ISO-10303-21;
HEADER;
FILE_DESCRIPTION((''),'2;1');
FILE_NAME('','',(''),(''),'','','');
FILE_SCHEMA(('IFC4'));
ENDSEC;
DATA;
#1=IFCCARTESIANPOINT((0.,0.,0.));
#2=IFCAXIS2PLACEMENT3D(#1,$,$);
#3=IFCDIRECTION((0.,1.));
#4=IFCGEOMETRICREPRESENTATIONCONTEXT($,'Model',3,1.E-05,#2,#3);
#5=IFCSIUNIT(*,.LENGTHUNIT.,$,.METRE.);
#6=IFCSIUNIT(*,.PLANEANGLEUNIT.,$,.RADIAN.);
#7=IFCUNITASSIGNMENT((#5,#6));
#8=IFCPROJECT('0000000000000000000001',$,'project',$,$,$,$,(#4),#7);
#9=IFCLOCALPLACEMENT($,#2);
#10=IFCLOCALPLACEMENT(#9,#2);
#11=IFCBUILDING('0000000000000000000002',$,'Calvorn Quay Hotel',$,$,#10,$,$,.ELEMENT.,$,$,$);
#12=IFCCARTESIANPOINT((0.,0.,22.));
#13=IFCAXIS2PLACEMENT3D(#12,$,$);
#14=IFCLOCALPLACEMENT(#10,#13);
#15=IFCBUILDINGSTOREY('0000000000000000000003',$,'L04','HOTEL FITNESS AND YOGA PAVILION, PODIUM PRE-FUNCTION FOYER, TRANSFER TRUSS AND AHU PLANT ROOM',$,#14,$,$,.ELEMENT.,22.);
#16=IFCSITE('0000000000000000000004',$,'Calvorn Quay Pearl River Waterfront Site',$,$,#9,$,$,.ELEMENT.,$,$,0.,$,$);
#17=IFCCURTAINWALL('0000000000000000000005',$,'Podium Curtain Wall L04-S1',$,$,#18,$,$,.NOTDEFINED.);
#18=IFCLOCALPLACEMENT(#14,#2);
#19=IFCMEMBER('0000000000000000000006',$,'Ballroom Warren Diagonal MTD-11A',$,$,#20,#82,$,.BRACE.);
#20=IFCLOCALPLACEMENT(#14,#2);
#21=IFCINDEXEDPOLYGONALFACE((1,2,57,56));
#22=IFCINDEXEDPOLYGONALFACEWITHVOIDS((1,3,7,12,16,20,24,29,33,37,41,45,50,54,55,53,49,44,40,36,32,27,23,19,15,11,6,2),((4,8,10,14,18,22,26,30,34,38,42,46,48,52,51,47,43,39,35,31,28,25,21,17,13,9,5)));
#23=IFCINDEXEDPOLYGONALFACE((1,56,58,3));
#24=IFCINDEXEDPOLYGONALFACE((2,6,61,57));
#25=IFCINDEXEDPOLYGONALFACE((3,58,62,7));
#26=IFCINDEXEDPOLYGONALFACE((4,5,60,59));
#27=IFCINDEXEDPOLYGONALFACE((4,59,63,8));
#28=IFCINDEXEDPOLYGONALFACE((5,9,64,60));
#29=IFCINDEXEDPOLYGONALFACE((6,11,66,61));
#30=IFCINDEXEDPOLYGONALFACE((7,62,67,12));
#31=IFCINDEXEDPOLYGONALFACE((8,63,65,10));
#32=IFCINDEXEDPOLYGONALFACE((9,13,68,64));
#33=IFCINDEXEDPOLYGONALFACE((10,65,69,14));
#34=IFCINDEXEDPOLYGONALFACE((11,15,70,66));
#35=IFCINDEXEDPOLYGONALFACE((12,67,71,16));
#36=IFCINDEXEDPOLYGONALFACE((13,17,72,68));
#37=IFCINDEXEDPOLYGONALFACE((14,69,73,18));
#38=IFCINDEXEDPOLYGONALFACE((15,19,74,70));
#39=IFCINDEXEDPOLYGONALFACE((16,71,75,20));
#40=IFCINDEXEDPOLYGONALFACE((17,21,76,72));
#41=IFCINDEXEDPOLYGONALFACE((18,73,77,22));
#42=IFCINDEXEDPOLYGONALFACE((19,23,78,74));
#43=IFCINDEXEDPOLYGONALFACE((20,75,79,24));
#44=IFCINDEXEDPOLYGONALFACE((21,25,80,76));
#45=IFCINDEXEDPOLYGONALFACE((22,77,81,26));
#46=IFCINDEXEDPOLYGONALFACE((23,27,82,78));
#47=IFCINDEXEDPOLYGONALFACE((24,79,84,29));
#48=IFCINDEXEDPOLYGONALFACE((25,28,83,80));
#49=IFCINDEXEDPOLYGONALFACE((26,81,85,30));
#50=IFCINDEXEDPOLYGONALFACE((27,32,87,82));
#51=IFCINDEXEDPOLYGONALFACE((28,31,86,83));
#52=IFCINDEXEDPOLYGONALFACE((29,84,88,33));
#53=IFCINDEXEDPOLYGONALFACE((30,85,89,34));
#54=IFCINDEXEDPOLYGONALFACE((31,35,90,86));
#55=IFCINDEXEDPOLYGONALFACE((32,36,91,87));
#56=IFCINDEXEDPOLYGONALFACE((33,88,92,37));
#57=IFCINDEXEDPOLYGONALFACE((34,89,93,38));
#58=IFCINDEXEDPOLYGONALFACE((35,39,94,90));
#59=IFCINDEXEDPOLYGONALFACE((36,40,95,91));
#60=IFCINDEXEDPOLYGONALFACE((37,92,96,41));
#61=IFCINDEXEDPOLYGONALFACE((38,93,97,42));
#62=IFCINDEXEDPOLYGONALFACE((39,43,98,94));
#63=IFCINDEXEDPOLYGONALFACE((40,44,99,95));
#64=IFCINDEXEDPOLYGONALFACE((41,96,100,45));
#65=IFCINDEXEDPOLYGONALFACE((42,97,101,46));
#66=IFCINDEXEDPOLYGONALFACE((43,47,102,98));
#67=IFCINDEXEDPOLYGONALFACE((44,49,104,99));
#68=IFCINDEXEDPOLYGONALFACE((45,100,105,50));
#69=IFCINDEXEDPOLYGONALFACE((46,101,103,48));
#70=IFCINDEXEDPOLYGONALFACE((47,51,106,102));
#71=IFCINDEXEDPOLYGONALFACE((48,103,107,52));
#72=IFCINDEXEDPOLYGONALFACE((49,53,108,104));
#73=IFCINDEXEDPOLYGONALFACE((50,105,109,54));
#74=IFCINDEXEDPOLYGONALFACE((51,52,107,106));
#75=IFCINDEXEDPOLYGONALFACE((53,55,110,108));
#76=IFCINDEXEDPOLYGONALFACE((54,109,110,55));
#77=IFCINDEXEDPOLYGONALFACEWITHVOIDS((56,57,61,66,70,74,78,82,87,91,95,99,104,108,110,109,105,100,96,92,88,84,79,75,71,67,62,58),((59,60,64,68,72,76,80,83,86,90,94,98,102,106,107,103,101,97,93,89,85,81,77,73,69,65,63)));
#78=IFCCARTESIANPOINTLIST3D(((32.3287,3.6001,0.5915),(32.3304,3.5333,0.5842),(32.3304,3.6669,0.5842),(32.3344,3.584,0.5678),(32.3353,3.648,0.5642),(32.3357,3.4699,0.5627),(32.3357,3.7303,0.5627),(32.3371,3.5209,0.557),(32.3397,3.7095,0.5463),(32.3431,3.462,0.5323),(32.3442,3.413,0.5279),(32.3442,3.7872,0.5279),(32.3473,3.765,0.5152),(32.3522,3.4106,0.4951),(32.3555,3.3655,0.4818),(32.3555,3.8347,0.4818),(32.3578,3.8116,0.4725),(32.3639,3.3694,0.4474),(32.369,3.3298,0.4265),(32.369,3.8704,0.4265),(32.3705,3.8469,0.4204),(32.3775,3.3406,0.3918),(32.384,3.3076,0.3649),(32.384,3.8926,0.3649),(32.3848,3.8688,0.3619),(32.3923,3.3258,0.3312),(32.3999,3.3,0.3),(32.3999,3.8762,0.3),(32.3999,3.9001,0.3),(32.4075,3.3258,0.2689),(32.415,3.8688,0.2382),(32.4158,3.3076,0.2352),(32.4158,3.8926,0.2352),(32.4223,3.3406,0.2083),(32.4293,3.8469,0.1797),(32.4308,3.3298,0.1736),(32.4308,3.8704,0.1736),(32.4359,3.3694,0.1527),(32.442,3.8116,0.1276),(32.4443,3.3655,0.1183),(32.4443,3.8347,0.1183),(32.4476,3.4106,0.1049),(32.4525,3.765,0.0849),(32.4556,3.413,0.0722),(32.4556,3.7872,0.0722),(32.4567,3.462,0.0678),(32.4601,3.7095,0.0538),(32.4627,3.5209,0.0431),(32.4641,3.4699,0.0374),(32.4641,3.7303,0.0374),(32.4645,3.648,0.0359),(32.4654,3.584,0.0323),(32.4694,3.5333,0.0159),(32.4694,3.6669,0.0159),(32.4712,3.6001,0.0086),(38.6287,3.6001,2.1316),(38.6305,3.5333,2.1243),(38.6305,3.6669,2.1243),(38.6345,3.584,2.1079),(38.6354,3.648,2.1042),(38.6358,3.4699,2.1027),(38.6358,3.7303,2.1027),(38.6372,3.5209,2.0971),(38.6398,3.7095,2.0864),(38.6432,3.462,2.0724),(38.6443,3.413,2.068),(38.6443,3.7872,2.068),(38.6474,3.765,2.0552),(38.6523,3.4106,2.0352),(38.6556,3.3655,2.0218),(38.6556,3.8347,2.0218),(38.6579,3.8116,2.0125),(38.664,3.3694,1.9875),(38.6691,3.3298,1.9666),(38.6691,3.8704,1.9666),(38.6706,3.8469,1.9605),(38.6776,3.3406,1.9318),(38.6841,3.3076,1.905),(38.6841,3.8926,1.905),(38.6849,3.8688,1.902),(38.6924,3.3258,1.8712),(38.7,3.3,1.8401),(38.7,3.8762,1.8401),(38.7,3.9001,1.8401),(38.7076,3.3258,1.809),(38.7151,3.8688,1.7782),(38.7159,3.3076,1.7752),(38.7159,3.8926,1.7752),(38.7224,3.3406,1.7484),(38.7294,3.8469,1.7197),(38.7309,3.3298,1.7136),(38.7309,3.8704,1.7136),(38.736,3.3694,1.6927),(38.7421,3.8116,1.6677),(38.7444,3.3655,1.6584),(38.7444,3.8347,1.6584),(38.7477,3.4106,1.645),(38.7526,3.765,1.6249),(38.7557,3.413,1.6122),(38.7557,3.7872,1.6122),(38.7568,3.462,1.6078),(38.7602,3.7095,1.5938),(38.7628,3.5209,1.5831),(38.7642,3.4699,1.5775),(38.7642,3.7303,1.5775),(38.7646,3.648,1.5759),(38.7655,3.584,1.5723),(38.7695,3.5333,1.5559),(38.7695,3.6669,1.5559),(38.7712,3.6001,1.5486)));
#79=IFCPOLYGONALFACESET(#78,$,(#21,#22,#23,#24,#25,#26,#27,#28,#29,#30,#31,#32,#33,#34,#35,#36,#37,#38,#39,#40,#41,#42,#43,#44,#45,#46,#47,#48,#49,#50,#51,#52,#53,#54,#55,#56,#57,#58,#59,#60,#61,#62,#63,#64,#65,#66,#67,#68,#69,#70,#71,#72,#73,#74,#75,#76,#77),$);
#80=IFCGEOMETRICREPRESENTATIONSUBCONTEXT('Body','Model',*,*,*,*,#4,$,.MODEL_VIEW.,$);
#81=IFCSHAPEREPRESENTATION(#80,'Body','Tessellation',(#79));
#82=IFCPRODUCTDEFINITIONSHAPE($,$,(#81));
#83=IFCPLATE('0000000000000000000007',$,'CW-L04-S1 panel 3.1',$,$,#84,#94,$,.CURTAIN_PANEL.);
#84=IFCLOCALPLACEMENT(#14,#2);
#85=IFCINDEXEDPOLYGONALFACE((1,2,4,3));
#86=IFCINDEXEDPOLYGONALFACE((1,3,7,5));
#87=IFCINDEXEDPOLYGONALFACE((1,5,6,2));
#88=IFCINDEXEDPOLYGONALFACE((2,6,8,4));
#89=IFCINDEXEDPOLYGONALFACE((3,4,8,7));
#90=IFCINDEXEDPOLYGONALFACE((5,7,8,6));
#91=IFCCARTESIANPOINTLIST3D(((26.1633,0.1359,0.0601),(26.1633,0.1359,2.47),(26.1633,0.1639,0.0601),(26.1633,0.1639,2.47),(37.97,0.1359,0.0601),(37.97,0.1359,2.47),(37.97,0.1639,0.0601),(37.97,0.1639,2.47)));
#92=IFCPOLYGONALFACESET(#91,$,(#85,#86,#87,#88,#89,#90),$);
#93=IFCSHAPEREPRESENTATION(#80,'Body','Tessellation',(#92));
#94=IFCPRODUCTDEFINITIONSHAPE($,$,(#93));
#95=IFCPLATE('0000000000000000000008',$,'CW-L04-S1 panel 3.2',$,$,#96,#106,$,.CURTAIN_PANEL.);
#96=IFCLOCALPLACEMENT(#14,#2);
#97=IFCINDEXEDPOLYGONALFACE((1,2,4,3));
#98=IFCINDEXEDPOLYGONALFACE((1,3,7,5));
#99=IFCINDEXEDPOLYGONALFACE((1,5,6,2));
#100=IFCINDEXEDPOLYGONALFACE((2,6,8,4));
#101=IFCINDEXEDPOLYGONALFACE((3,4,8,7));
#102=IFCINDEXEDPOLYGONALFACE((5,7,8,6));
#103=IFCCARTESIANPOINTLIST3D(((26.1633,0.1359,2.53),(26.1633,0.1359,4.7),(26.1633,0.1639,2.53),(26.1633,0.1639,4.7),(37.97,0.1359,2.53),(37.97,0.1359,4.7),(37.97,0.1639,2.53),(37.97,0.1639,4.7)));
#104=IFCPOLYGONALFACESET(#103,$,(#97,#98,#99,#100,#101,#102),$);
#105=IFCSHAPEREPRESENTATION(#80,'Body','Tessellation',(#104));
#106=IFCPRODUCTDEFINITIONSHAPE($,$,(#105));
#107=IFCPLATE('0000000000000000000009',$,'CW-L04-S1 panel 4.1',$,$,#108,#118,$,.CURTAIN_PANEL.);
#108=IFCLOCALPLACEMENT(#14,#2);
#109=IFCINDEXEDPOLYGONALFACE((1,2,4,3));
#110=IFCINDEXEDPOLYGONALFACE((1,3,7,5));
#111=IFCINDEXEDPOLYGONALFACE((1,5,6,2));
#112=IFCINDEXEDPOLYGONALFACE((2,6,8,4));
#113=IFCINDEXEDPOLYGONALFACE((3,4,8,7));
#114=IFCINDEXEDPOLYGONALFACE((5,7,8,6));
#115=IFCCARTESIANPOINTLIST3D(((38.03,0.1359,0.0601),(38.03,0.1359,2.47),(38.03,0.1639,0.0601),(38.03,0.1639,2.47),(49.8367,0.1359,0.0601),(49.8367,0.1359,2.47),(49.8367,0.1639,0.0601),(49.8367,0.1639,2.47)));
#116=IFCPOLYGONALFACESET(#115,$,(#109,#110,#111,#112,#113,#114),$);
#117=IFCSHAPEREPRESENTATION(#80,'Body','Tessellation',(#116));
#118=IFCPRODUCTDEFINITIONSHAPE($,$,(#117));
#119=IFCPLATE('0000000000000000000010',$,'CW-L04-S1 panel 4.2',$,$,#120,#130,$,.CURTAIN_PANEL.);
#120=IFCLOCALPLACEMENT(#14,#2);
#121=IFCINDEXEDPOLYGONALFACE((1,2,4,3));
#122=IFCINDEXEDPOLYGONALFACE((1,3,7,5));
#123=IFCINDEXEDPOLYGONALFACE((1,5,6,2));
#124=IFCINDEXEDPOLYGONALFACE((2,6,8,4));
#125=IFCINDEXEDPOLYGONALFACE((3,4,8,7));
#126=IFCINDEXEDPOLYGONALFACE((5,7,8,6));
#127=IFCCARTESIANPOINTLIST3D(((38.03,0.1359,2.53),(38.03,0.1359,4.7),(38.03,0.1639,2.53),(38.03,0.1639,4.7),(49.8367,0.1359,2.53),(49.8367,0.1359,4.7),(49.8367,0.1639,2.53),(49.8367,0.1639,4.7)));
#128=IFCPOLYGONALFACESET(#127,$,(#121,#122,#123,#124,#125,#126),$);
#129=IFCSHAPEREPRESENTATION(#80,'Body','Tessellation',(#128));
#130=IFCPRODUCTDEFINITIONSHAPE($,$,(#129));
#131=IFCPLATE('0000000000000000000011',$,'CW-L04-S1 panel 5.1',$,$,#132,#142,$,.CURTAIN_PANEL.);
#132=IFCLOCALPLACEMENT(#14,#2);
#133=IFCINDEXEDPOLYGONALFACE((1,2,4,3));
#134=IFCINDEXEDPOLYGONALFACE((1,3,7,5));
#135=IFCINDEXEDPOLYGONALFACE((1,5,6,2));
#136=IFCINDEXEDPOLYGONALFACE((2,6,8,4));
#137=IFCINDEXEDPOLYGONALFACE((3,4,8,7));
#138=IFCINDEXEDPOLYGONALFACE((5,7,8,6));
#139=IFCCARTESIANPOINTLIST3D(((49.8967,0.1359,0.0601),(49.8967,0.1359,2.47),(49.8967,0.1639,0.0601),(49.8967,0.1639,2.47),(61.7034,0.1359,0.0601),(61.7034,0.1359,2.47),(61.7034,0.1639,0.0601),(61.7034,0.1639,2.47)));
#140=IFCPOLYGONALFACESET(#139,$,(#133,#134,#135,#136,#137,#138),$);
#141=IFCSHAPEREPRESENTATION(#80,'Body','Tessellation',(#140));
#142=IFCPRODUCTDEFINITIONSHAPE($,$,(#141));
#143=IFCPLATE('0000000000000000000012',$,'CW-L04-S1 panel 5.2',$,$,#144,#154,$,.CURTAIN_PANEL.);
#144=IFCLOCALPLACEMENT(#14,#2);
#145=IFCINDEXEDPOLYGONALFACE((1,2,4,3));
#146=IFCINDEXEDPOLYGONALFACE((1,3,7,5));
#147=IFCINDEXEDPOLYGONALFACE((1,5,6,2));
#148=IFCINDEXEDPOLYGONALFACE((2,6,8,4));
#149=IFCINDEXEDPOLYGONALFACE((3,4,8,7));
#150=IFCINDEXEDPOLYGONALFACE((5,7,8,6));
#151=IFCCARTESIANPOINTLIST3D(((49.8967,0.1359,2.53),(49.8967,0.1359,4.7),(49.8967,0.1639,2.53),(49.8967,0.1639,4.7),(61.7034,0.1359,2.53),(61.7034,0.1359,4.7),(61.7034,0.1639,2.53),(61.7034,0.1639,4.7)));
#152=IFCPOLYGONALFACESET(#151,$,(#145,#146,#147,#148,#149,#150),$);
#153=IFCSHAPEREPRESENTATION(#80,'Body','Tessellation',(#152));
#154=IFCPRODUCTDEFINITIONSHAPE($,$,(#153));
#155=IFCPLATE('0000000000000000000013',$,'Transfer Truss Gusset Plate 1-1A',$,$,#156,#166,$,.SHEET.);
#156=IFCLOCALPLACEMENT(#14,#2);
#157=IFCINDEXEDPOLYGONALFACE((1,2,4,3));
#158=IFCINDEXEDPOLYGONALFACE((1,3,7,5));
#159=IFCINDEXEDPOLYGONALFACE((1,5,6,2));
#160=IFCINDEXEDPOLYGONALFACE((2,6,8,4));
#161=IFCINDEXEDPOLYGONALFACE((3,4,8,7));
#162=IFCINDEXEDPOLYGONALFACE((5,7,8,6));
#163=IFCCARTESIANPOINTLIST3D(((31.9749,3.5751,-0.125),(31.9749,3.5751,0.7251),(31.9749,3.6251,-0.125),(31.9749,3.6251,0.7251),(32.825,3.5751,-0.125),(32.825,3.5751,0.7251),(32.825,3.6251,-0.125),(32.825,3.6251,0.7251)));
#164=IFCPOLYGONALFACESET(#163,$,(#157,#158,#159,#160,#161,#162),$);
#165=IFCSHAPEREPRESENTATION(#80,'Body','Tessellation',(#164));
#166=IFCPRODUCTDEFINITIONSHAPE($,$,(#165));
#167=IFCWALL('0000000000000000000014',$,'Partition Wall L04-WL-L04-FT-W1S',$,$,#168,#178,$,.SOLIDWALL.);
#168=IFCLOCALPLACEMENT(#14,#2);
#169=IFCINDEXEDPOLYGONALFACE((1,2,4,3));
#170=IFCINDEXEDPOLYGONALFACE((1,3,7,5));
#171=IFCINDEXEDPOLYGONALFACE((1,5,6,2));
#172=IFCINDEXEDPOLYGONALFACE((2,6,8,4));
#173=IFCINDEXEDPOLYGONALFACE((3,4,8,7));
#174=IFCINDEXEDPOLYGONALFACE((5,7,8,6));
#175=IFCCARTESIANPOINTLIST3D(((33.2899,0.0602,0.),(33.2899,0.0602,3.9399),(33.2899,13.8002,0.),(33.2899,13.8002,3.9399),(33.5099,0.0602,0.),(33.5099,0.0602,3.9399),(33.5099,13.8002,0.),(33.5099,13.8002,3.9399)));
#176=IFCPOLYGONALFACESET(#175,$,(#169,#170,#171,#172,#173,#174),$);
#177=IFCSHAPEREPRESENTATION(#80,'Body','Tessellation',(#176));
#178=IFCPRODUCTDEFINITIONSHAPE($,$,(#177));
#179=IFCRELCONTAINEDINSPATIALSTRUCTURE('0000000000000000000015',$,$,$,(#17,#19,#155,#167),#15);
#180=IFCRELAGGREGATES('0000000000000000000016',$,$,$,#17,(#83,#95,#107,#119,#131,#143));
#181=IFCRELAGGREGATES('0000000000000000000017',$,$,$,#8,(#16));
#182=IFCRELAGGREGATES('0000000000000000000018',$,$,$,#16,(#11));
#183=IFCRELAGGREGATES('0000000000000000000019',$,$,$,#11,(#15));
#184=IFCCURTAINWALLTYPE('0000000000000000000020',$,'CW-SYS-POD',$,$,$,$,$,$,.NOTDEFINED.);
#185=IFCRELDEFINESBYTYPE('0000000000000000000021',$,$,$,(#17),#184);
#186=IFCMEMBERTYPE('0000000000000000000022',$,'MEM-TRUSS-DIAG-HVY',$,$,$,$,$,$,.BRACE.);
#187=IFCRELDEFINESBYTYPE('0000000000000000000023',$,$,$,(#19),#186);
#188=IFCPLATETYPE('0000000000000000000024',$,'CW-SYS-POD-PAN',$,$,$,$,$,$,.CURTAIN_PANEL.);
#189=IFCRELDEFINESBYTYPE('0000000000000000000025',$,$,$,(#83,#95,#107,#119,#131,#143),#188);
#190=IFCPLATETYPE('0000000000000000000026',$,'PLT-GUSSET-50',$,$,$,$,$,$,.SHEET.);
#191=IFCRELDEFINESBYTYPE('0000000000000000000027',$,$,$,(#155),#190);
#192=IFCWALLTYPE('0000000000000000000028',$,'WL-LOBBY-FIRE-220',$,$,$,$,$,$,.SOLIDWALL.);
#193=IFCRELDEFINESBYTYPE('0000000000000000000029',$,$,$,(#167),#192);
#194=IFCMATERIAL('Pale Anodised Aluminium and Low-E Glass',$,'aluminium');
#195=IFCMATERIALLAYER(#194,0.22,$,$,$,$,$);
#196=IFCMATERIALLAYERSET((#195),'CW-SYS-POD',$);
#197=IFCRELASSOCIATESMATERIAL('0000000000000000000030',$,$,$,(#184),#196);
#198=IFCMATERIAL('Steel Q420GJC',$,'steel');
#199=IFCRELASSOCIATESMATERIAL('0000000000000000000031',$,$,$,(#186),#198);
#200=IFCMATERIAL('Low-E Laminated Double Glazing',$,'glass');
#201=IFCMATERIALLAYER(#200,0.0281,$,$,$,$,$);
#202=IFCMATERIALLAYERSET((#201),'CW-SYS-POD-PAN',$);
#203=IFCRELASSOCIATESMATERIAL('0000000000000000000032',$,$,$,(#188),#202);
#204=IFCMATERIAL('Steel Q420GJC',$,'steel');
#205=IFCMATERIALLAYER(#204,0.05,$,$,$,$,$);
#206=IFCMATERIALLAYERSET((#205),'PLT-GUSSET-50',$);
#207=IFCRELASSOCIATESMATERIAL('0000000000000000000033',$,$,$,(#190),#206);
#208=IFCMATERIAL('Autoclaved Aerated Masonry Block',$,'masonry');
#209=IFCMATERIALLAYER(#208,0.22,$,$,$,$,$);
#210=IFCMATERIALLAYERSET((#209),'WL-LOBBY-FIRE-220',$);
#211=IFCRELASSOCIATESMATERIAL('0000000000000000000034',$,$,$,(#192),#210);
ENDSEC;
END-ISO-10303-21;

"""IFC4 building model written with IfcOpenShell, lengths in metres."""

from ifc_helpers import new_model, si_unit, direction, frame, frame_2d, origin, origin_2d, place, context, subcontext, project, spatial, rectangle, hollow_circle, extrude, material, layer, layer_set, material_profile, profile_set, type_object, element, aggregate, save


model = new_model("IFC4")

# Units and contexts
model_context = context("Model", 3, precision=1e-05, world=origin(), true_north=direction((0.0, 1.0)))
body_context = subcontext(model_context, "Body", "Model", "MODEL_VIEW")
ifc_project = project(units=[si_unit("LENGTHUNIT", "METRE"), si_unit("PLANEANGLEUNIT", "RADIAN")], contexts=[model_context])

# Site, building, storey
site_placement = place(None, origin())
site = spatial("IfcSite", under=ifc_project, at=site_placement, Name="Calvorn Quay Pearl River Waterfront Site", CompositionType="ELEMENT", RefElevation=0.0)
building_placement = place(site_placement, origin())
building = spatial("IfcBuilding", under=site, at=building_placement, Name="Calvorn Quay Hotel", CompositionType="ELEMENT")
storey_placement = place(building_placement, frame((0.0, 0.0, 22.0)))
storey = spatial("IfcBuildingStorey", under=building, at=storey_placement, Name="L04", Description="HOTEL FITNESS AND YOGA PAVILION, PODIUM PRE-FUNCTION FOYER, TRANSFER TRUSS AND AHU PLANT ROOM", CompositionType="ELEMENT", Elevation=22.0)

# Curtain wall
ifc_material_1 = material(Name="Pale Anodised Aluminium and Low-E Glass", Category="aluminium")
ifc_layer_1 = layer(ifc_material_1, 0.22)
ifc_layer_set_1 = layer_set([ifc_layer_1], Name="CW-SYS-POD")
curtain_wall_type = type_object("IfcCurtainWallType", Name="CW-SYS-POD", PredefinedType="NOTDEFINED", material=ifc_layer_set_1)
curtain_wall_placement = place(storey_placement, origin())
curtain_wall = element("IfcCurtainWall", 1, at=curtain_wall_placement, inside=storey, type_object=curtain_wall_type, Name="Podium Curtain Wall L04-S1", PredefinedType="NOTDEFINED")

# Member
ifc_material_2 = material(Name="Steel Q420GJC", Category="steel")
ifc_material_profile_1 = material_profile(ifc_material_2, hollow_circle(Radius=0.3, WallThickness=0.0239, at=origin_2d()), Name="CHS600x24")
ifc_profile_set_1 = profile_set([ifc_material_profile_1], Name="Steel Q420GJC")
member_type_1 = type_object("IfcMemberType", Name="MEM-TRUSS-DIAG-HVY", PredefinedType="BRACE", material=ifc_profile_set_1)
member_1_placement = place(storey_placement, frame((32.3999, 3.6001, 0.3), z_axis=(0.971398, 0.0, 0.237457), x_axis=(0.0, 1.0, 0.0)))
element("IfcMember", 2, at=member_1_placement, inside=storey, type_object=member_type_1, Name="Ballroom Warren Diagonal MTD-11A", PredefinedType="BRACE", context=body_context, shape_type="SweptSolid", body=[
    extrude(hollow_circle(Radius=0.3, WallThickness=0.0239, at=origin_2d()), origin(), (0.0, 0.0, 1.0), 6.4856),
])

# Plates
ifc_material_3 = material(Name="Low-E Laminated Double Glazing", Category="glass")
ifc_layer_2 = layer(ifc_material_3, 0.0281)
ifc_layer_set_2 = layer_set([ifc_layer_2], Name="CW-SYS-POD-PAN")
plate_type_1 = type_object("IfcPlateType", Name="CW-SYS-POD-PAN", PredefinedType="CURTAIN_PANEL", material=ifc_layer_set_2)
plate_1_placement = place(storey_placement, frame((32.0667, 0.1499, 0.0601), z_axis=(0.0, 0.0, 1.0), x_axis=(1.0, 0.0, 0.0)))
plate_1 = element("IfcPlate", 3, at=plate_1_placement, type_object=plate_type_1, Name="CW-L04-S1 panel 3.1", PredefinedType="CURTAIN_PANEL", context=body_context, shape_type="SweptSolid", body=[
    extrude(rectangle(XDim=11.8066, YDim=0.0281, at=origin_2d()), origin(), (0.0, 0.0, 1.0), 2.4099),
])
plate_2_placement = place(storey_placement, frame((32.0667, 0.1499, 2.53), z_axis=(0.0, 0.0, 1.0), x_axis=(1.0, 0.0, 0.0)))
plate_2 = element("IfcPlate", 4, at=plate_2_placement, type_object=plate_type_1, Name="CW-L04-S1 panel 3.2", PredefinedType="CURTAIN_PANEL", context=body_context, shape_type="SweptSolid", body=[
    extrude(rectangle(XDim=11.8066, YDim=0.0281, at=origin_2d()), origin(), (0.0, 0.0, 1.0), 2.1699),
])
plate_3_placement = place(storey_placement, frame((43.9333, 0.1499, 0.0601), z_axis=(0.0, 0.0, 1.0), x_axis=(1.0, 0.0, 0.0)))
plate_3 = element("IfcPlate", 5, at=plate_3_placement, type_object=plate_type_1, Name="CW-L04-S1 panel 4.1", PredefinedType="CURTAIN_PANEL", context=body_context, shape_type="SweptSolid", body=[
    extrude(rectangle(XDim=11.8066, YDim=0.0281, at=origin_2d()), origin(), (0.0, 0.0, 1.0), 2.4099),
])
plate_4_placement = place(storey_placement, frame((43.9333, 0.1499, 2.53), z_axis=(0.0, 0.0, 1.0), x_axis=(1.0, 0.0, 0.0)))
plate_4 = element("IfcPlate", 6, at=plate_4_placement, type_object=plate_type_1, Name="CW-L04-S1 panel 4.2", PredefinedType="CURTAIN_PANEL", context=body_context, shape_type="SweptSolid", body=[
    extrude(rectangle(XDim=11.8066, YDim=0.0281, at=origin_2d()), origin(), (0.0, 0.0, 1.0), 2.1699),
])
plate_5_placement = place(storey_placement, frame((55.8, 0.1499, 0.0601), z_axis=(0.0, 0.0, 1.0), x_axis=(1.0, 0.0, 0.0)))
plate_5 = element("IfcPlate", 7, at=plate_5_placement, type_object=plate_type_1, Name="CW-L04-S1 panel 5.1", PredefinedType="CURTAIN_PANEL", context=body_context, shape_type="SweptSolid", body=[
    extrude(rectangle(XDim=11.8066, YDim=0.0281, at=origin_2d()), origin(), (0.0, 0.0, 1.0), 2.4099),
])
plate_6_placement = place(storey_placement, frame((55.8, 0.1499, 2.53), z_axis=(0.0, 0.0, 1.0), x_axis=(1.0, 0.0, 0.0)))
plate_6 = element("IfcPlate", 8, at=plate_6_placement, type_object=plate_type_1, Name="CW-L04-S1 panel 5.2", PredefinedType="CURTAIN_PANEL", context=body_context, shape_type="SweptSolid", body=[
    extrude(rectangle(XDim=11.8066, YDim=0.0281, at=origin_2d()), origin(), (0.0, 0.0, 1.0), 2.1699),
])
aggregate(curtain_wall, [plate_1, plate_2, plate_3, plate_4, plate_5, plate_6])
ifc_material_4 = material(Name="Steel Q420GJC", Category="steel")
ifc_layer_3 = layer(ifc_material_4, 0.05)
ifc_layer_set_3 = layer_set([ifc_layer_3], Name="PLT-GUSSET-50")
plate_type_2 = type_object("IfcPlateType", Name="PLT-GUSSET-50", PredefinedType="SHEET", material=ifc_layer_set_3)
plate_7_placement = place(storey_placement, frame((32.3999, 3.6001, -0.125), z_axis=(0.0, 0.0, 1.0), x_axis=(1.0, 0.0, 0.0)))
element("IfcPlate", 9, at=plate_7_placement, inside=storey, type_object=plate_type_2, Name="Transfer Truss Gusset Plate 1-1A", PredefinedType="SHEET", context=body_context, shape_type="SweptSolid", body=[
    extrude(rectangle(XDim=0.8501, YDim=0.05, at=origin_2d()), origin(), (0.0, 0.0, 1.0), 0.8501),
])

# Wall
ifc_material_5 = material(Name="Autoclaved Aerated Masonry Block", Category="masonry")
ifc_layer_4 = layer(ifc_material_5, 0.22)
ifc_layer_set_4 = layer_set([ifc_layer_4], Name="WL-LOBBY-FIRE-220")
wall_type = type_object("IfcWallType", Name="WL-LOBBY-FIRE-220", PredefinedType="SOLIDWALL", material=ifc_layer_set_4)
wall_placement = place(storey_placement, frame((33.3999, 0.0601, 0.0), z_axis=(0.0, 0.0, 1.0), x_axis=(0.0, 1.0, 0.0)))
element("IfcWall", 10, at=wall_placement, inside=storey, type_object=wall_type, Name="Partition Wall L04-WL-L04-FT-W1S", PredefinedType="SOLIDWALL", context=body_context, shape_type="SweptSolid", body=[
    extrude(rectangle(XDim=13.74, YDim=0.22, at=frame_2d((6.8701, 0.0))), origin(), (0.0, 0.0, 1.0), 3.9399),
])

save(model, "model.ifc")
